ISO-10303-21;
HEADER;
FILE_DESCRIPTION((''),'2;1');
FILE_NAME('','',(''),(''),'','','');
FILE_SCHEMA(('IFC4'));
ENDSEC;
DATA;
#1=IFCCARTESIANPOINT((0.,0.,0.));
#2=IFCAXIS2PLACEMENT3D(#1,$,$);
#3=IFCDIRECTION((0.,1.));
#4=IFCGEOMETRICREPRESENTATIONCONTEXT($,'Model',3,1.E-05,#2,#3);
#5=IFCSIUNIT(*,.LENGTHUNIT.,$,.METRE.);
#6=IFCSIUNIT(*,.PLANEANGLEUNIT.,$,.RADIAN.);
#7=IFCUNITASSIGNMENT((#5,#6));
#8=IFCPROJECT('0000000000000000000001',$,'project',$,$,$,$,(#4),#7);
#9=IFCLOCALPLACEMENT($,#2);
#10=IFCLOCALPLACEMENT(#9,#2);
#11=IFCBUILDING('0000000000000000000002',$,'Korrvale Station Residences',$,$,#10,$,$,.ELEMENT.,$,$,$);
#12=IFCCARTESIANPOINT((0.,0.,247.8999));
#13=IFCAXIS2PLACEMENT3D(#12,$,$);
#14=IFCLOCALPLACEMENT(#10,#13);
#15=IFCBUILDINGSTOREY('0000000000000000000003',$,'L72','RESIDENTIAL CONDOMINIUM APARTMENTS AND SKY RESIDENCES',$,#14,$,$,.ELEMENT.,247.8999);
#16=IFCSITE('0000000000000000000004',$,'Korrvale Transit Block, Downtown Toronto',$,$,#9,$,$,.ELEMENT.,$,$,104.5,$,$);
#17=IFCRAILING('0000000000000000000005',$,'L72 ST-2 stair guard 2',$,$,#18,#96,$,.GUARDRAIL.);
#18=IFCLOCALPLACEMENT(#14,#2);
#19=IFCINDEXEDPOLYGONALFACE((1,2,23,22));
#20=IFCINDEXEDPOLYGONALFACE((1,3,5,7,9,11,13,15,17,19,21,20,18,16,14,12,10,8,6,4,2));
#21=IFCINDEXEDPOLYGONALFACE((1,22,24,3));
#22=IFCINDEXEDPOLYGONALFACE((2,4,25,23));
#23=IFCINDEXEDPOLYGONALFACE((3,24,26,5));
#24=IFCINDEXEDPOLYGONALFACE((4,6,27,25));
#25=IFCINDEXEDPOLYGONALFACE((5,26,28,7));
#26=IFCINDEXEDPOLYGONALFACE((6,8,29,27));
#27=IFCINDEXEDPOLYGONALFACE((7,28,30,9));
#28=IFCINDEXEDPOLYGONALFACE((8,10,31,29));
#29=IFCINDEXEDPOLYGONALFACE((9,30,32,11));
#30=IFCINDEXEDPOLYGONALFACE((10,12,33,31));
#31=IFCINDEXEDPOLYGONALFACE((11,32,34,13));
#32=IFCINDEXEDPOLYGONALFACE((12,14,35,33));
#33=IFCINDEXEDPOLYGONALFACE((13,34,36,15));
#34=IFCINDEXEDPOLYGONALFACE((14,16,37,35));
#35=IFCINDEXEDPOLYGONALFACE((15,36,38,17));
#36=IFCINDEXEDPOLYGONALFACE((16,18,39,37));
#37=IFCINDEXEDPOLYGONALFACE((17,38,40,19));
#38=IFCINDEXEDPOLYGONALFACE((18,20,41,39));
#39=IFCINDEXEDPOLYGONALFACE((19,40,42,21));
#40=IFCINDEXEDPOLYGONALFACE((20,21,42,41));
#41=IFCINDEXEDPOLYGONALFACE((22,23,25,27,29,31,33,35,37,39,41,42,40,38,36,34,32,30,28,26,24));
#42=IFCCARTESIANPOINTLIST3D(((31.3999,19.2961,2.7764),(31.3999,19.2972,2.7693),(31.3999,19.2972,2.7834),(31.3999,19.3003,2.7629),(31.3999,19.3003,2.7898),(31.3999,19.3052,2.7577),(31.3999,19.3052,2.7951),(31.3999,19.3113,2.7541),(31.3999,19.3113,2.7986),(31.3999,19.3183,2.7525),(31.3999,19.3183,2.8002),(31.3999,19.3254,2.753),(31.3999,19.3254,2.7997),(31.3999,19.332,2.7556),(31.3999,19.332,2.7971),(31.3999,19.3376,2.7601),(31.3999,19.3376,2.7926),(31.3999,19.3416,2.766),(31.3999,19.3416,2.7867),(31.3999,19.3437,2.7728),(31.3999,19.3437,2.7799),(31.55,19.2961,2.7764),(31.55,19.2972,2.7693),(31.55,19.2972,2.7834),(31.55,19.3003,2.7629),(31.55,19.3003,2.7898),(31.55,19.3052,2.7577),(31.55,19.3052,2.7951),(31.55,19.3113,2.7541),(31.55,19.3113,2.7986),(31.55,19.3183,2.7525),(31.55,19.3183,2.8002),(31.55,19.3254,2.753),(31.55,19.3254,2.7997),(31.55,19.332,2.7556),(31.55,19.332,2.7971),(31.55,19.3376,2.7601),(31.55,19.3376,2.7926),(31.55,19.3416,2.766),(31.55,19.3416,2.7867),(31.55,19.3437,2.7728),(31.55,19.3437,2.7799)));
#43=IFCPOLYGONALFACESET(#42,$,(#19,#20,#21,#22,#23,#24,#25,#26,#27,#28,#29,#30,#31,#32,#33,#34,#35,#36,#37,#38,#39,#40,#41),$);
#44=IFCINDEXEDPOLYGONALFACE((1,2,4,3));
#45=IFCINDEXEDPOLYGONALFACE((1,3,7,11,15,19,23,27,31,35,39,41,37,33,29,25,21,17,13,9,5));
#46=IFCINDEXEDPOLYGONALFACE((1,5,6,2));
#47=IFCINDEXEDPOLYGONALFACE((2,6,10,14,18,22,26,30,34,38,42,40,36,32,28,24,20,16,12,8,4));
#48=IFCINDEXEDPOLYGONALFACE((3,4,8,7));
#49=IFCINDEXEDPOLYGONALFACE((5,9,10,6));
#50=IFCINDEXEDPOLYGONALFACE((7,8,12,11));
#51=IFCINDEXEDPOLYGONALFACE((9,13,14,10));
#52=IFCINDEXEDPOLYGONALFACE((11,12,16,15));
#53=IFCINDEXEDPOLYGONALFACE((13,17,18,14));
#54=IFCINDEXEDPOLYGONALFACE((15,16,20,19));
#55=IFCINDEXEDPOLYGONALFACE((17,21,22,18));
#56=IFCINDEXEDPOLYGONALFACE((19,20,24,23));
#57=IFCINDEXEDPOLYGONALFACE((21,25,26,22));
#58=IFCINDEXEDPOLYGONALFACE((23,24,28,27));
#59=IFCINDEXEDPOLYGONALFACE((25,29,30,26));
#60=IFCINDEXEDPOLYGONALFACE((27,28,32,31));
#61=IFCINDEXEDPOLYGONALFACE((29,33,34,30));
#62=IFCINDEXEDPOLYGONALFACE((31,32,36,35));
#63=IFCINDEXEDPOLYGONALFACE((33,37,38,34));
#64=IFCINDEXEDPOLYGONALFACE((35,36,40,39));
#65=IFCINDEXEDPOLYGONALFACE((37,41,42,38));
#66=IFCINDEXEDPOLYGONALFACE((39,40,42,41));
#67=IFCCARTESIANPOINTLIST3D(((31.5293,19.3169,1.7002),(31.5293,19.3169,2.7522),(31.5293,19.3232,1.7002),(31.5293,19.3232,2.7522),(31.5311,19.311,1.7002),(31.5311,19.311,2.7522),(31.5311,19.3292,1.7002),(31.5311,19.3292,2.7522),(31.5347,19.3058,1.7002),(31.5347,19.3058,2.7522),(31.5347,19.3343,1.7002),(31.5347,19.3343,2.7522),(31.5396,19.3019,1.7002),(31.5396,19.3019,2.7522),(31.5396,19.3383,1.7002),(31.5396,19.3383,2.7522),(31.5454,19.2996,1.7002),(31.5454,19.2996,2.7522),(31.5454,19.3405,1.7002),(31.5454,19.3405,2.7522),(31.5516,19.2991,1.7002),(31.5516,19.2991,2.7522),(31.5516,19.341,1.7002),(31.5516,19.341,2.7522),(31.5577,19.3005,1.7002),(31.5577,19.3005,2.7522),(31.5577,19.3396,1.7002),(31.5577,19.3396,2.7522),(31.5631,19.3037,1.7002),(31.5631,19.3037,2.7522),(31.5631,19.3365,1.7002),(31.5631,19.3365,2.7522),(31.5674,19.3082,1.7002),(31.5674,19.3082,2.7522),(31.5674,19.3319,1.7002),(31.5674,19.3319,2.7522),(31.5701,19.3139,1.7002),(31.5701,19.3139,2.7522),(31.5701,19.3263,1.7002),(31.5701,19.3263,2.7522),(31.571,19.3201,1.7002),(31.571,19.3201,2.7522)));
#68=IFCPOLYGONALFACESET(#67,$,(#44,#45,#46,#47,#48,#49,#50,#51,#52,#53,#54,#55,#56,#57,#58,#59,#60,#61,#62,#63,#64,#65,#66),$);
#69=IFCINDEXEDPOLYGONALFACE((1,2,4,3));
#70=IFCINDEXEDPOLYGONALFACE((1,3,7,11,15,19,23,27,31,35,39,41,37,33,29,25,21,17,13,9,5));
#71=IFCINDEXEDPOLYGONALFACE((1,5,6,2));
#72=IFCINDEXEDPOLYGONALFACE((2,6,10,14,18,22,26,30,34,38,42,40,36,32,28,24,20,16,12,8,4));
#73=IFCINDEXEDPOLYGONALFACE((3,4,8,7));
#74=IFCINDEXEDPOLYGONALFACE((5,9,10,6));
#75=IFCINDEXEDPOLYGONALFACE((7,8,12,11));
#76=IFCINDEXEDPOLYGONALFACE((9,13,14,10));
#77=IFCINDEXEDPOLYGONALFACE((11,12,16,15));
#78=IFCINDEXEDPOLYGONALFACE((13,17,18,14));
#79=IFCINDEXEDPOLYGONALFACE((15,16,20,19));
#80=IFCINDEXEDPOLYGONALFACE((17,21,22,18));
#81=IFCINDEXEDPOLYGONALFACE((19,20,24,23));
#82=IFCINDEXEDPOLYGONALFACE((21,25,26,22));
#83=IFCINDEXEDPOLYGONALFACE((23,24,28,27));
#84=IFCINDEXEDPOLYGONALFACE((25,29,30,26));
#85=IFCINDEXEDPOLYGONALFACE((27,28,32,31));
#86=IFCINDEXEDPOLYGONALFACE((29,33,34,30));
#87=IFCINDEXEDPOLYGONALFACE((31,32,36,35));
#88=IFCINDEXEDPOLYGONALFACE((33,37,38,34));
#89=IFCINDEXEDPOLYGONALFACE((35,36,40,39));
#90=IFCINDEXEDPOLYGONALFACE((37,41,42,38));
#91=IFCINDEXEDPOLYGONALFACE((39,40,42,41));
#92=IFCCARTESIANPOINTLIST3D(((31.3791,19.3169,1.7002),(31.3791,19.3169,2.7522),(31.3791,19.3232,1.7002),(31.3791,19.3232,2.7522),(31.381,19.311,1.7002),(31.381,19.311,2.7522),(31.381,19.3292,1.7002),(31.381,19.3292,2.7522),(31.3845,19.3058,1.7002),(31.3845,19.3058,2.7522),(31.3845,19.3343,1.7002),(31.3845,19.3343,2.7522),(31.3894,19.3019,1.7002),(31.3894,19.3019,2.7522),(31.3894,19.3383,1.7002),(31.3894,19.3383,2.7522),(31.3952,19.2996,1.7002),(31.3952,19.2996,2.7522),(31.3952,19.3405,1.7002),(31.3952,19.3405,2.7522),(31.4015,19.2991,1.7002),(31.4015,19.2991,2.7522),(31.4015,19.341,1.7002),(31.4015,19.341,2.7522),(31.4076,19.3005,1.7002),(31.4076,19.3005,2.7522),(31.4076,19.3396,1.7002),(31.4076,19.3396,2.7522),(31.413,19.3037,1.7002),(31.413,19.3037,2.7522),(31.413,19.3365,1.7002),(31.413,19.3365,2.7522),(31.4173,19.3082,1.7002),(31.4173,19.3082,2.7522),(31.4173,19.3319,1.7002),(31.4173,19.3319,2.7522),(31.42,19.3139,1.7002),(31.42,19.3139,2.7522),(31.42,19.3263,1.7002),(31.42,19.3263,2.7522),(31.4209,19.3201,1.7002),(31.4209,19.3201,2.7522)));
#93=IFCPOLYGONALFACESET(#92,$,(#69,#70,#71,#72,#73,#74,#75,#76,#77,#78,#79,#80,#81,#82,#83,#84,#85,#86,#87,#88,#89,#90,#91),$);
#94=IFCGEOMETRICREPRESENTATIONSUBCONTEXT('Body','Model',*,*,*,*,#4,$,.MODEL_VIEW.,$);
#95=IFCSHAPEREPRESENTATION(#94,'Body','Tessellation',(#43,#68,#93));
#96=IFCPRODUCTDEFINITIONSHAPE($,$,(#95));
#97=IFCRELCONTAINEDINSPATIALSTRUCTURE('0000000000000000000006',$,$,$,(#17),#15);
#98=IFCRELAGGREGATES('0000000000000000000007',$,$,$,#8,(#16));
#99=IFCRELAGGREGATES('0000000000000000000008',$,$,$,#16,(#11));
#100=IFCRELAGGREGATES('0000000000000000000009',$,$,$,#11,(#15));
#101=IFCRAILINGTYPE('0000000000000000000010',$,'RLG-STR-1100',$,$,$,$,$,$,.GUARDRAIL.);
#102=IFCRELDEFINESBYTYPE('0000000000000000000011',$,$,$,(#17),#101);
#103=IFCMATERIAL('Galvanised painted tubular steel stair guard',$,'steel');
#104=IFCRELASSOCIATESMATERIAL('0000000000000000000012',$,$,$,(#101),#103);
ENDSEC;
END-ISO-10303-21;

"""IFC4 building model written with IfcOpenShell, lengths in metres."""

from ifc_helpers import new_model, si_unit, direction, frame, origin, origin_2d, place, context, subcontext, project, spatial, circle, extrude, material, type_object, element, save


model = new_model("IFC4")

# Units and contexts
model_context = context("Model", 3, precision=1e-05, world=origin(), true_north=direction((0.0, 1.0)))
body_context = subcontext(model_context, "Body", "Model", "MODEL_VIEW")
ifc_project = project(units=[si_unit("LENGTHUNIT", "METRE"), si_unit("PLANEANGLEUNIT", "RADIAN")], contexts=[model_context])

# Site, building, storey
site_placement = place(None, origin())
site = spatial("IfcSite", under=ifc_project, at=site_placement, Name="Korrvale Transit Block, Downtown Toronto", CompositionType="ELEMENT", RefElevation=104.5)
building_placement = place(site_placement, origin())
building = spatial("IfcBuilding", under=site, at=building_placement, Name="Korrvale Station Residences", CompositionType="ELEMENT")
storey_placement = place(building_placement, frame((0.0, 0.0, 247.8999)))
storey = spatial("IfcBuildingStorey", under=building, at=storey_placement, Name="L72", Description="RESIDENTIAL CONDOMINIUM APARTMENTS AND SKY RESIDENCES", CompositionType="ELEMENT", Elevation=247.8999)

# Railing
ifc_material_1 = material(Name="Galvanised painted tubular steel stair guard", Category="steel")
railing_type_1 = type_object("IfcRailingType", Name="RLG-STR-1100", PredefinedType="GUARDRAIL", material=ifc_material_1)
railing_1_placement = place(storey_placement, frame((31.55, 19.3201, 1.7002)))
element("IfcRailing", 1, at=railing_1_placement, inside=storey, type_object=railing_type_1, Name="L72 ST-2 stair guard 2", PredefinedType="GUARDRAIL", context=body_context, shape_type="SweptSolid", body=[
    extrude(circle(Radius=0.0239, at=origin_2d()), frame((0.0, 0.0, 1.0762), z_axis=(-1.0, 0.0, 0.0), x_axis=(0.0, -1.0, 0.0)), (0.0, 0.0, 1.0), 0.1501),
    extrude(circle(Radius=0.021, at=origin_2d()), origin(), (0.0, 0.0, 1.0), 1.052),
    extrude(circle(Radius=0.021, at=origin_2d()), frame((-0.1501, 0.0, 0.0)), (0.0, 0.0, 1.0), 1.052),
])

save(model, "model.ifc")
